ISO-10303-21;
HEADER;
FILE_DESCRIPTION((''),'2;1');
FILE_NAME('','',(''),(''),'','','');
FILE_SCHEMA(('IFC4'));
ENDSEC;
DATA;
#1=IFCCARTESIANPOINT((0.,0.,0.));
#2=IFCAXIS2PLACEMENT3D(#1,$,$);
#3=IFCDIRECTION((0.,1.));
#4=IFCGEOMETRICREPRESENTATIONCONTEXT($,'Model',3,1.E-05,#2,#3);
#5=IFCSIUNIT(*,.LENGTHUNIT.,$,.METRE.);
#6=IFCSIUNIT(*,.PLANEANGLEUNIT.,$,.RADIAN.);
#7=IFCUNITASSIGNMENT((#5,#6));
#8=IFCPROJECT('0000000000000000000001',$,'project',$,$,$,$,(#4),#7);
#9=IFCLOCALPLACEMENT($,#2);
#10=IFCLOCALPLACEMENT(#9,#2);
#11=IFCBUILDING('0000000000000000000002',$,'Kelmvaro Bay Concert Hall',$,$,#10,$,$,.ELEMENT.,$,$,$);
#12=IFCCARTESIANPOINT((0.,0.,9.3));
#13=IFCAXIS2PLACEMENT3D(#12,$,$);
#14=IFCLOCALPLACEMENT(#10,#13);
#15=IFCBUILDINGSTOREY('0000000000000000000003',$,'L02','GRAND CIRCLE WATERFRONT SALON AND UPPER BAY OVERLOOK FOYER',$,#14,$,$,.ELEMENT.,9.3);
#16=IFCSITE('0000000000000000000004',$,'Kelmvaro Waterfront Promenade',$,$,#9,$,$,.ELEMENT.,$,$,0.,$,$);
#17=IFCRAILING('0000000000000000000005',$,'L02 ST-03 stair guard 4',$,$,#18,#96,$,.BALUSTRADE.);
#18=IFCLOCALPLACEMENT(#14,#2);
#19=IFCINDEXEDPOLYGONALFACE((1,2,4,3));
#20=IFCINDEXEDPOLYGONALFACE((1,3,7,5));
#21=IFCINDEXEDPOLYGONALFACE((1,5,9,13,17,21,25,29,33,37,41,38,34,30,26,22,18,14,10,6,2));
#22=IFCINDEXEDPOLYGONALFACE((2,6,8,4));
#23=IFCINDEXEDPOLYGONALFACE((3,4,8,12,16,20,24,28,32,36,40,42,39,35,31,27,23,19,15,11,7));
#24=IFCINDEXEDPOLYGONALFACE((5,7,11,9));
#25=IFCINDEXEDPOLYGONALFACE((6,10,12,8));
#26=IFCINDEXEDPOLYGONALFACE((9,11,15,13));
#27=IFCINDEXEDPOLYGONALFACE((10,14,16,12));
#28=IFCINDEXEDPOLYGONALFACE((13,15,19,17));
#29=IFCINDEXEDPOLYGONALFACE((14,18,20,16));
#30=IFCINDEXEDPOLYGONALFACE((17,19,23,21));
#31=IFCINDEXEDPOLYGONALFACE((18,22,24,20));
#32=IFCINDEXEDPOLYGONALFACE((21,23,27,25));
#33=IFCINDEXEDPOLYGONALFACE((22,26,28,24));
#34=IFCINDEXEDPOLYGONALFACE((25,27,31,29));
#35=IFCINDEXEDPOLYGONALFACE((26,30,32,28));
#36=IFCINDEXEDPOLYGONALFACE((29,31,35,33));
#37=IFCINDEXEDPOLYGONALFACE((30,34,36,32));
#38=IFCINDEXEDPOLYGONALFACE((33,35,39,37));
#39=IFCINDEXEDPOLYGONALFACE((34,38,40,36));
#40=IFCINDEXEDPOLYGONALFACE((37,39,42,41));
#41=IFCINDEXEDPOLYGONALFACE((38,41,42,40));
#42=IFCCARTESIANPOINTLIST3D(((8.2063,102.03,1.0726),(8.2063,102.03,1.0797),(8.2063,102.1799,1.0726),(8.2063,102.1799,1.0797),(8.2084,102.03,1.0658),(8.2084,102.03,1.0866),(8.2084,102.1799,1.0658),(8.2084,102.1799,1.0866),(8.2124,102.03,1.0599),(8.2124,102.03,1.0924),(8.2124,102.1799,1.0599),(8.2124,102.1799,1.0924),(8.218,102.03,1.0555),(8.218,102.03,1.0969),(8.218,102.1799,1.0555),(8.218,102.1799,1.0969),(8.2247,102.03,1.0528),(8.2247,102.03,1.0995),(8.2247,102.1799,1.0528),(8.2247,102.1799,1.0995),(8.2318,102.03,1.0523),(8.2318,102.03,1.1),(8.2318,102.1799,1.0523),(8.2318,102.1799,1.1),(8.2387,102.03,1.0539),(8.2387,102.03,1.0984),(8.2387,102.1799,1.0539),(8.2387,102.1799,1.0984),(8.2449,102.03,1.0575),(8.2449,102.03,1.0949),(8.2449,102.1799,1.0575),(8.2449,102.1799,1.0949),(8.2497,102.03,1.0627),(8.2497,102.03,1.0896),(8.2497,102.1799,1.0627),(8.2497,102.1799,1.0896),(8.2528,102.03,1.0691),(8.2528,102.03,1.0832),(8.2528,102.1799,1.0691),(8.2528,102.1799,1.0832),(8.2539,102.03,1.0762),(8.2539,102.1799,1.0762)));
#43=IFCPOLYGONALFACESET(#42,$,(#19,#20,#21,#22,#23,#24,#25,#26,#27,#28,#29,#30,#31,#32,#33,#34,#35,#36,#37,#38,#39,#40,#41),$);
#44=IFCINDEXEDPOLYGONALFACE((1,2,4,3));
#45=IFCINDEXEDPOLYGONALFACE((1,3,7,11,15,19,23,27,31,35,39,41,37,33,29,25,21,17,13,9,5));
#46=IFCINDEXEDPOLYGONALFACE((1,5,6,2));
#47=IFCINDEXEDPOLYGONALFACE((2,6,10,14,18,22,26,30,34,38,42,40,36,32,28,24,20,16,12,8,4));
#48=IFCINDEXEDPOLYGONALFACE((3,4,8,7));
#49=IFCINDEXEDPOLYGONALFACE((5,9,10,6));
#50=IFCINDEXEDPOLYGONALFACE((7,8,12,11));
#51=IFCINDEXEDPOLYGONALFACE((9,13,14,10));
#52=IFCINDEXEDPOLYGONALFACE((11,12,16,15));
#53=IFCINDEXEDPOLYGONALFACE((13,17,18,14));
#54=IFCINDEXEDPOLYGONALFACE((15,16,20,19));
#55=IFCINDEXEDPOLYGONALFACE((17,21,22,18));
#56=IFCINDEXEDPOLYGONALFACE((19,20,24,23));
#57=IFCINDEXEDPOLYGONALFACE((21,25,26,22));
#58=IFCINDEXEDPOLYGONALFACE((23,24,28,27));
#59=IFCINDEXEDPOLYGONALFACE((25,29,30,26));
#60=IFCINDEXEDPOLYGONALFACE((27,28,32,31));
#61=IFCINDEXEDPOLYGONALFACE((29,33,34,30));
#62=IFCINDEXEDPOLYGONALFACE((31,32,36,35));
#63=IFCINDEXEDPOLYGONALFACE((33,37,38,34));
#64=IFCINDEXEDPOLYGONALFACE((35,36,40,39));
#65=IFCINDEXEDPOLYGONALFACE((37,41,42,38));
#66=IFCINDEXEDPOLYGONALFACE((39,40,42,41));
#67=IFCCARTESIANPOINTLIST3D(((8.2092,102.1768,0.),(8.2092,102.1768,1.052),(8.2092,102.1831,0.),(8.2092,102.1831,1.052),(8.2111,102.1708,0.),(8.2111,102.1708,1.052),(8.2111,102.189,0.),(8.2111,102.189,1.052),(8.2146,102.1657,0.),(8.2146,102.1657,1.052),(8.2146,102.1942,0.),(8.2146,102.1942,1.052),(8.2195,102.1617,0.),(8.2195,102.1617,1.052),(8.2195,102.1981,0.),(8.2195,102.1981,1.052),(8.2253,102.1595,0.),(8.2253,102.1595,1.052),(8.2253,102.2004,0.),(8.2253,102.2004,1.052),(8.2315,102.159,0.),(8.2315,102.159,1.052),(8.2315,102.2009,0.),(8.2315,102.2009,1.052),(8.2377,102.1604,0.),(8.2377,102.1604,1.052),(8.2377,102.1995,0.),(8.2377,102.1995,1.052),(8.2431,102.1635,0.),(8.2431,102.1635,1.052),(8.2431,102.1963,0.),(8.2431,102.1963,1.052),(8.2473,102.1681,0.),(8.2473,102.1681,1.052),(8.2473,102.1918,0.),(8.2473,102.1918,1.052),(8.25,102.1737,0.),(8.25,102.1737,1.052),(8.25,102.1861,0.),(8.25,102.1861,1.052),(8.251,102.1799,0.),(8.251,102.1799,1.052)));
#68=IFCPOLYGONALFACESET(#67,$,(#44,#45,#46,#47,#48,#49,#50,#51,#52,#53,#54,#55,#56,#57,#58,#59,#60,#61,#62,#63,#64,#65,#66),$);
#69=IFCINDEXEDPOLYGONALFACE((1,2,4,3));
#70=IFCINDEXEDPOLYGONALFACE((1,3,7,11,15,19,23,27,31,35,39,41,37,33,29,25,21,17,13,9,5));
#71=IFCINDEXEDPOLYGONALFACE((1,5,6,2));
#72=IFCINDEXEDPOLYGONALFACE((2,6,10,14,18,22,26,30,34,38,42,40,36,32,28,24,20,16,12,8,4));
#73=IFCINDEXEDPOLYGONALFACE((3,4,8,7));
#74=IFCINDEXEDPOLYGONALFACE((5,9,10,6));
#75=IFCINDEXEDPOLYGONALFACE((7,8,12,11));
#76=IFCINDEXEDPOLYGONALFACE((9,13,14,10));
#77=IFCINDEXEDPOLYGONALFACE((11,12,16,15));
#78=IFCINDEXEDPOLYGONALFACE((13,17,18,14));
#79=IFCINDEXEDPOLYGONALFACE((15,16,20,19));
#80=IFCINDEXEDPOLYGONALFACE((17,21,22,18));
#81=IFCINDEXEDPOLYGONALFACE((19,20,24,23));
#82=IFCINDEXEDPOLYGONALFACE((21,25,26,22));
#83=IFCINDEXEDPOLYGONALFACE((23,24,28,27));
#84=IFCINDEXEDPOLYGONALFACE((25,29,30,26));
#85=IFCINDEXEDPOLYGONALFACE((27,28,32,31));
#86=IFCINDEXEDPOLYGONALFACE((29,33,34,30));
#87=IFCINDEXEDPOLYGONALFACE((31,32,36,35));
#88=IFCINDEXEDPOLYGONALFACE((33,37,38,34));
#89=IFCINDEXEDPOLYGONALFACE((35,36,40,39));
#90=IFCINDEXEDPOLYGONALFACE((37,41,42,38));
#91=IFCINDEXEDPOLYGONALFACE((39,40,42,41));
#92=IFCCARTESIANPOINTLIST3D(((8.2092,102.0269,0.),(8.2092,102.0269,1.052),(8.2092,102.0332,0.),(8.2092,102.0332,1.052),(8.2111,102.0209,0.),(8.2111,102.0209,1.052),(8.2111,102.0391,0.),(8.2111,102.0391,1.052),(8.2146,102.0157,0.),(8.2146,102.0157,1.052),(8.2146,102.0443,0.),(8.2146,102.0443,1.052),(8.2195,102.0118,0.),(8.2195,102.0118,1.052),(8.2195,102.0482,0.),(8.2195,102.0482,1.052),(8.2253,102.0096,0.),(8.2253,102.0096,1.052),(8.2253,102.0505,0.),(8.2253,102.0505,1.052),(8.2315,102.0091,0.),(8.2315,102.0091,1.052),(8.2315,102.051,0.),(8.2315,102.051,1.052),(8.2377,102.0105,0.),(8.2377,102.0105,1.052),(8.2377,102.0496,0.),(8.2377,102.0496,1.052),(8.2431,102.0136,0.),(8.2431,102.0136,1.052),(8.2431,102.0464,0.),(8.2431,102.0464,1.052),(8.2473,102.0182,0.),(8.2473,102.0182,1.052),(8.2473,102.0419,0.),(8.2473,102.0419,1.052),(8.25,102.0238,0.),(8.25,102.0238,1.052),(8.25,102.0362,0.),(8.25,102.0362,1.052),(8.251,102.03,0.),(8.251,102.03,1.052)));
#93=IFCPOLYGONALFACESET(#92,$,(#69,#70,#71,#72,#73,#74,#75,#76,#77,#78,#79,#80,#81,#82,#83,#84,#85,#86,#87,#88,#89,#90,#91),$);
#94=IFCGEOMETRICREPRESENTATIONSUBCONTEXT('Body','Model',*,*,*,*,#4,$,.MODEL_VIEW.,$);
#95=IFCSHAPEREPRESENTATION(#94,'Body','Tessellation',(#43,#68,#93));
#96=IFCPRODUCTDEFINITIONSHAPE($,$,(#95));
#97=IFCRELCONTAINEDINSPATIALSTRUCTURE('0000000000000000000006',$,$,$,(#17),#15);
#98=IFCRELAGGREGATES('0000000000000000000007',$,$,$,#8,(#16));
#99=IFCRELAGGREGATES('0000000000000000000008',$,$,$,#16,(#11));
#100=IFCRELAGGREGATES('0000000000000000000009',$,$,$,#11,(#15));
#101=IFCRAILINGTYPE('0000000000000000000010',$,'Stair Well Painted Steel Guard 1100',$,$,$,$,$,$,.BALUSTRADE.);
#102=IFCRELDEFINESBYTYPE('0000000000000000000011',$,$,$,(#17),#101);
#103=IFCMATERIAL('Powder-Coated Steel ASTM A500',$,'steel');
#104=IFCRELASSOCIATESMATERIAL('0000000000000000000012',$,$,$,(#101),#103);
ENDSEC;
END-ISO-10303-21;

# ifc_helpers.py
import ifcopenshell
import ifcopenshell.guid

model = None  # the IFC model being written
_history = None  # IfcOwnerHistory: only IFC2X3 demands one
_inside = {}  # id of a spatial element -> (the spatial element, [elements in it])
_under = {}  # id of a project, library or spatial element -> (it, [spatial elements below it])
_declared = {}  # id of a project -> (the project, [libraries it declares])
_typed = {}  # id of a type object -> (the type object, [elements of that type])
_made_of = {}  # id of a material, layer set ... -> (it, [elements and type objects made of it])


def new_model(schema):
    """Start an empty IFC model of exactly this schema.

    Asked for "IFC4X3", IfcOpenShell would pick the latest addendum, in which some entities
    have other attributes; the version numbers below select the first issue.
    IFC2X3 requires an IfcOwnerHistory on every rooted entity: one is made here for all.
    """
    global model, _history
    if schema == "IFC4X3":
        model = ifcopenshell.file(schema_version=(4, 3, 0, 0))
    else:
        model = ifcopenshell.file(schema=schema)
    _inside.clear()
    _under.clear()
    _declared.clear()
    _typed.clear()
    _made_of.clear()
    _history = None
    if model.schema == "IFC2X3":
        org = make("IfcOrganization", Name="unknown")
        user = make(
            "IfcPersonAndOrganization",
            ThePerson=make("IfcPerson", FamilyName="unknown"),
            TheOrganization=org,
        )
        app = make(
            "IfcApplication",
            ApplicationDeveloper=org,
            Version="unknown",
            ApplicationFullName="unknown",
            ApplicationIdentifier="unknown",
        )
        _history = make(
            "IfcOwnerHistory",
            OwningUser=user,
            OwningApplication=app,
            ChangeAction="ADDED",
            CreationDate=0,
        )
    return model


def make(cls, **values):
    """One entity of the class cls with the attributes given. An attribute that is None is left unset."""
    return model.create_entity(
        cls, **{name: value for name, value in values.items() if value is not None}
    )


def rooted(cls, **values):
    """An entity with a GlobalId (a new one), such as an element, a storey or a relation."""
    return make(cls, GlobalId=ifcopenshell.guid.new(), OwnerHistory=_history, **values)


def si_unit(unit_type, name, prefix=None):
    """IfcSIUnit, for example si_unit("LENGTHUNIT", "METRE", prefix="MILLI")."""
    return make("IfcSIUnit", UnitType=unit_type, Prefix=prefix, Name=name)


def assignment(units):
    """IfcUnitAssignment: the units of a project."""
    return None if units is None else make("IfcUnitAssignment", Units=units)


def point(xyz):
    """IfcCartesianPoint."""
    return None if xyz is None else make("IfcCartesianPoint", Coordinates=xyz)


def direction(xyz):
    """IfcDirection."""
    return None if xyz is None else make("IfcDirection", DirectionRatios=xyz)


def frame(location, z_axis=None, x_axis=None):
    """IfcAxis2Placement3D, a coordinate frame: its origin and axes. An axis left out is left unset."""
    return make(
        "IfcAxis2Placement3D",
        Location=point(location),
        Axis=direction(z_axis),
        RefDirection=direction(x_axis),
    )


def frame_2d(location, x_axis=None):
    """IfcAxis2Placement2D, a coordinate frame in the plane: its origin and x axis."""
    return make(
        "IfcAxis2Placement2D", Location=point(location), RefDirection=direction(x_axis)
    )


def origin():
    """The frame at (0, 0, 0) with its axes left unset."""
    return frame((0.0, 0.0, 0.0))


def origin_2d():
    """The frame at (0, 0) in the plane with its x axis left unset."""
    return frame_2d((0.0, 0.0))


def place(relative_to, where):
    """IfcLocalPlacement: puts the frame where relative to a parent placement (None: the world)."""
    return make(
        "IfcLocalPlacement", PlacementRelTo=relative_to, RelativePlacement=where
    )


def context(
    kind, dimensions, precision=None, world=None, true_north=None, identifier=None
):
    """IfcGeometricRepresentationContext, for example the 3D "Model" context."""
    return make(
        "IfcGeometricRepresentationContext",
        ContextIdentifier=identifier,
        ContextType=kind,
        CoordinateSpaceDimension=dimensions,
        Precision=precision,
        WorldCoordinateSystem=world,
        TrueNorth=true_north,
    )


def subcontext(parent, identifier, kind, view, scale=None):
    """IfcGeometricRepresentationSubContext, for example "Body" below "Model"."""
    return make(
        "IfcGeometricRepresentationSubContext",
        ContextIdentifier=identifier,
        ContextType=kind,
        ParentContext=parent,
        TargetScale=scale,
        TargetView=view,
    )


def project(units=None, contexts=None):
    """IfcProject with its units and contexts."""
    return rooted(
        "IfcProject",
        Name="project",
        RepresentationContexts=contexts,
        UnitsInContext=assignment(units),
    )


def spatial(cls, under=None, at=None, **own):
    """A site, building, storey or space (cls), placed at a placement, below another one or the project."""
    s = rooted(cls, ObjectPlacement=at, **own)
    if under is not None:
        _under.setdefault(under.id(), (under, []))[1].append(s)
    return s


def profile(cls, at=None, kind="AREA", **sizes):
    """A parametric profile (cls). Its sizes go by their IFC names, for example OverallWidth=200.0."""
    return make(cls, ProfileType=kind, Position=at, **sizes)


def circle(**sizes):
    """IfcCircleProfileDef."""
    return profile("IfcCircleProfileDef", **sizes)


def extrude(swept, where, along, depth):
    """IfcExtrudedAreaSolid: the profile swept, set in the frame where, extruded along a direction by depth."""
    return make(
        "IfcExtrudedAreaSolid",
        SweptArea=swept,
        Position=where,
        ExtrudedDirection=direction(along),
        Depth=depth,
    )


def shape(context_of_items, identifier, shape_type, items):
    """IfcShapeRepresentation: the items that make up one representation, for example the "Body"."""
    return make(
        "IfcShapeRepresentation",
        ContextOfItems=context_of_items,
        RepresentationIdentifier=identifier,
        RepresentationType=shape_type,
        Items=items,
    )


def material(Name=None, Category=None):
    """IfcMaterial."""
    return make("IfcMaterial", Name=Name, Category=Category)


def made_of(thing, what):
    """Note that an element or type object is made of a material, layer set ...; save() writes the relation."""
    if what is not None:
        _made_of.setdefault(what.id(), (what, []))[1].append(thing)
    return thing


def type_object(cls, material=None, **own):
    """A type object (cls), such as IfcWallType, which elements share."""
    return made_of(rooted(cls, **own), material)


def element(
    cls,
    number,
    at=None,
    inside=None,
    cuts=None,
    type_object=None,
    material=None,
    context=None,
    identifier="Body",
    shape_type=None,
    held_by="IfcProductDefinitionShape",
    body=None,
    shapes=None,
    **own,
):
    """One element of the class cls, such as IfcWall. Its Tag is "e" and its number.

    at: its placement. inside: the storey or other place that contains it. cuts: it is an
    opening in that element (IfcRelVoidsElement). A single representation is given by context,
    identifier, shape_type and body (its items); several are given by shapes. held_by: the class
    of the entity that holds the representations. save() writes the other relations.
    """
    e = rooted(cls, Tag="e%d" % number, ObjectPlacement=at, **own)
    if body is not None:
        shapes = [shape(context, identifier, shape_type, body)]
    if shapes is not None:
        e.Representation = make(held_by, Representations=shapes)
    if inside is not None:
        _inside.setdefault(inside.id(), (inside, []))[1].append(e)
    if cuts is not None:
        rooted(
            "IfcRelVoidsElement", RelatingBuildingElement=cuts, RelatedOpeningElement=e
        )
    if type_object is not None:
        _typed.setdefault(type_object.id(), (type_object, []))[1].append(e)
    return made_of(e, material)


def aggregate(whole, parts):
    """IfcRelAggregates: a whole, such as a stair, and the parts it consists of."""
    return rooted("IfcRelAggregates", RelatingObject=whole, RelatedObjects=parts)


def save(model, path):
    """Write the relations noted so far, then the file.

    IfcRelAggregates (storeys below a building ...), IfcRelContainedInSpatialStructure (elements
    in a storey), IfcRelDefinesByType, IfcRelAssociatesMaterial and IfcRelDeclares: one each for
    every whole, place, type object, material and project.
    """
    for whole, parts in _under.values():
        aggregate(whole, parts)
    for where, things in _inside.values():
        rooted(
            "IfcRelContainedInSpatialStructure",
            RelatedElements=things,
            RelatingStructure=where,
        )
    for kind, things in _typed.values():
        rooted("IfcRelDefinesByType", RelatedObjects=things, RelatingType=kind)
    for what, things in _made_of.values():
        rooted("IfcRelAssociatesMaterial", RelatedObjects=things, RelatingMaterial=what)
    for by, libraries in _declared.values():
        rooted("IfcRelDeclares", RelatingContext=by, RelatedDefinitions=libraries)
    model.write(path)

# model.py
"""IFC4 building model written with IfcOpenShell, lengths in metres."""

from ifc_helpers import new_model, si_unit, direction, frame, origin, origin_2d, place, context, subcontext, project, spatial, circle, extrude, material, type_object, element, save


model = new_model("IFC4")

# Units and contexts
model_context = context("Model", 3, precision=1e-05, world=origin(), true_north=direction((0.0, 1.0)))
body_context = subcontext(model_context, "Body", "Model", "MODEL_VIEW")
ifc_project = project(units=[si_unit("LENGTHUNIT", "METRE"), si_unit("PLANEANGLEUNIT", "RADIAN")], contexts=[model_context])

# Site, building, storey
site_placement = place(None, origin())
site = spatial("IfcSite", under=ifc_project, at=site_placement, Name="Kelmvaro Waterfront Promenade", CompositionType="ELEMENT", RefElevation=0.0)
building_placement = place(site_placement, origin())
building = spatial("IfcBuilding", under=site, at=building_placement, Name="Kelmvaro Bay Concert Hall", CompositionType="ELEMENT")
storey_placement = place(building_placement, frame((0.0, 0.0, 9.3)))
storey = spatial("IfcBuildingStorey", under=building, at=storey_placement, Name="L02", Description="GRAND CIRCLE WATERFRONT SALON AND UPPER BAY OVERLOOK FOYER", CompositionType="ELEMENT", Elevation=9.3)

# Railing
ifc_material_1 = material(Name="Powder-Coated Steel ASTM A500", Category="steel")
railing_type_1 = type_object("IfcRailingType", Name="Stair Well Painted Steel Guard 1100", PredefinedType="BALUSTRADE", material=ifc_material_1)
railing_1_placement = place(storey_placement, frame((8.23, 102.1799, 0.0)))
element("IfcRailing", 1, at=railing_1_placement, inside=storey, type_object=railing_type_1, Name="L02 ST-03 stair guard 4", PredefinedType="BALUSTRADE", context=body_context, shape_type="SweptSolid", body=[
    extrude(circle(Radius=0.0239, at=origin_2d()), frame((0.0, 0.0, 1.0762), z_axis=(0.0, -1.0, 0.0), x_axis=(1.0, 0.0, 0.0)), (0.0, 0.0, 1.0), 0.1499),
    extrude(circle(Radius=0.021, at=origin_2d()), origin(), (0.0, 0.0, 1.0), 1.052),
    extrude(circle(Radius=0.021, at=origin_2d()), frame((0.0, -0.1499, 0.0)), (0.0, 0.0, 1.0), 1.052),
])

save(model, "model.ifc")
